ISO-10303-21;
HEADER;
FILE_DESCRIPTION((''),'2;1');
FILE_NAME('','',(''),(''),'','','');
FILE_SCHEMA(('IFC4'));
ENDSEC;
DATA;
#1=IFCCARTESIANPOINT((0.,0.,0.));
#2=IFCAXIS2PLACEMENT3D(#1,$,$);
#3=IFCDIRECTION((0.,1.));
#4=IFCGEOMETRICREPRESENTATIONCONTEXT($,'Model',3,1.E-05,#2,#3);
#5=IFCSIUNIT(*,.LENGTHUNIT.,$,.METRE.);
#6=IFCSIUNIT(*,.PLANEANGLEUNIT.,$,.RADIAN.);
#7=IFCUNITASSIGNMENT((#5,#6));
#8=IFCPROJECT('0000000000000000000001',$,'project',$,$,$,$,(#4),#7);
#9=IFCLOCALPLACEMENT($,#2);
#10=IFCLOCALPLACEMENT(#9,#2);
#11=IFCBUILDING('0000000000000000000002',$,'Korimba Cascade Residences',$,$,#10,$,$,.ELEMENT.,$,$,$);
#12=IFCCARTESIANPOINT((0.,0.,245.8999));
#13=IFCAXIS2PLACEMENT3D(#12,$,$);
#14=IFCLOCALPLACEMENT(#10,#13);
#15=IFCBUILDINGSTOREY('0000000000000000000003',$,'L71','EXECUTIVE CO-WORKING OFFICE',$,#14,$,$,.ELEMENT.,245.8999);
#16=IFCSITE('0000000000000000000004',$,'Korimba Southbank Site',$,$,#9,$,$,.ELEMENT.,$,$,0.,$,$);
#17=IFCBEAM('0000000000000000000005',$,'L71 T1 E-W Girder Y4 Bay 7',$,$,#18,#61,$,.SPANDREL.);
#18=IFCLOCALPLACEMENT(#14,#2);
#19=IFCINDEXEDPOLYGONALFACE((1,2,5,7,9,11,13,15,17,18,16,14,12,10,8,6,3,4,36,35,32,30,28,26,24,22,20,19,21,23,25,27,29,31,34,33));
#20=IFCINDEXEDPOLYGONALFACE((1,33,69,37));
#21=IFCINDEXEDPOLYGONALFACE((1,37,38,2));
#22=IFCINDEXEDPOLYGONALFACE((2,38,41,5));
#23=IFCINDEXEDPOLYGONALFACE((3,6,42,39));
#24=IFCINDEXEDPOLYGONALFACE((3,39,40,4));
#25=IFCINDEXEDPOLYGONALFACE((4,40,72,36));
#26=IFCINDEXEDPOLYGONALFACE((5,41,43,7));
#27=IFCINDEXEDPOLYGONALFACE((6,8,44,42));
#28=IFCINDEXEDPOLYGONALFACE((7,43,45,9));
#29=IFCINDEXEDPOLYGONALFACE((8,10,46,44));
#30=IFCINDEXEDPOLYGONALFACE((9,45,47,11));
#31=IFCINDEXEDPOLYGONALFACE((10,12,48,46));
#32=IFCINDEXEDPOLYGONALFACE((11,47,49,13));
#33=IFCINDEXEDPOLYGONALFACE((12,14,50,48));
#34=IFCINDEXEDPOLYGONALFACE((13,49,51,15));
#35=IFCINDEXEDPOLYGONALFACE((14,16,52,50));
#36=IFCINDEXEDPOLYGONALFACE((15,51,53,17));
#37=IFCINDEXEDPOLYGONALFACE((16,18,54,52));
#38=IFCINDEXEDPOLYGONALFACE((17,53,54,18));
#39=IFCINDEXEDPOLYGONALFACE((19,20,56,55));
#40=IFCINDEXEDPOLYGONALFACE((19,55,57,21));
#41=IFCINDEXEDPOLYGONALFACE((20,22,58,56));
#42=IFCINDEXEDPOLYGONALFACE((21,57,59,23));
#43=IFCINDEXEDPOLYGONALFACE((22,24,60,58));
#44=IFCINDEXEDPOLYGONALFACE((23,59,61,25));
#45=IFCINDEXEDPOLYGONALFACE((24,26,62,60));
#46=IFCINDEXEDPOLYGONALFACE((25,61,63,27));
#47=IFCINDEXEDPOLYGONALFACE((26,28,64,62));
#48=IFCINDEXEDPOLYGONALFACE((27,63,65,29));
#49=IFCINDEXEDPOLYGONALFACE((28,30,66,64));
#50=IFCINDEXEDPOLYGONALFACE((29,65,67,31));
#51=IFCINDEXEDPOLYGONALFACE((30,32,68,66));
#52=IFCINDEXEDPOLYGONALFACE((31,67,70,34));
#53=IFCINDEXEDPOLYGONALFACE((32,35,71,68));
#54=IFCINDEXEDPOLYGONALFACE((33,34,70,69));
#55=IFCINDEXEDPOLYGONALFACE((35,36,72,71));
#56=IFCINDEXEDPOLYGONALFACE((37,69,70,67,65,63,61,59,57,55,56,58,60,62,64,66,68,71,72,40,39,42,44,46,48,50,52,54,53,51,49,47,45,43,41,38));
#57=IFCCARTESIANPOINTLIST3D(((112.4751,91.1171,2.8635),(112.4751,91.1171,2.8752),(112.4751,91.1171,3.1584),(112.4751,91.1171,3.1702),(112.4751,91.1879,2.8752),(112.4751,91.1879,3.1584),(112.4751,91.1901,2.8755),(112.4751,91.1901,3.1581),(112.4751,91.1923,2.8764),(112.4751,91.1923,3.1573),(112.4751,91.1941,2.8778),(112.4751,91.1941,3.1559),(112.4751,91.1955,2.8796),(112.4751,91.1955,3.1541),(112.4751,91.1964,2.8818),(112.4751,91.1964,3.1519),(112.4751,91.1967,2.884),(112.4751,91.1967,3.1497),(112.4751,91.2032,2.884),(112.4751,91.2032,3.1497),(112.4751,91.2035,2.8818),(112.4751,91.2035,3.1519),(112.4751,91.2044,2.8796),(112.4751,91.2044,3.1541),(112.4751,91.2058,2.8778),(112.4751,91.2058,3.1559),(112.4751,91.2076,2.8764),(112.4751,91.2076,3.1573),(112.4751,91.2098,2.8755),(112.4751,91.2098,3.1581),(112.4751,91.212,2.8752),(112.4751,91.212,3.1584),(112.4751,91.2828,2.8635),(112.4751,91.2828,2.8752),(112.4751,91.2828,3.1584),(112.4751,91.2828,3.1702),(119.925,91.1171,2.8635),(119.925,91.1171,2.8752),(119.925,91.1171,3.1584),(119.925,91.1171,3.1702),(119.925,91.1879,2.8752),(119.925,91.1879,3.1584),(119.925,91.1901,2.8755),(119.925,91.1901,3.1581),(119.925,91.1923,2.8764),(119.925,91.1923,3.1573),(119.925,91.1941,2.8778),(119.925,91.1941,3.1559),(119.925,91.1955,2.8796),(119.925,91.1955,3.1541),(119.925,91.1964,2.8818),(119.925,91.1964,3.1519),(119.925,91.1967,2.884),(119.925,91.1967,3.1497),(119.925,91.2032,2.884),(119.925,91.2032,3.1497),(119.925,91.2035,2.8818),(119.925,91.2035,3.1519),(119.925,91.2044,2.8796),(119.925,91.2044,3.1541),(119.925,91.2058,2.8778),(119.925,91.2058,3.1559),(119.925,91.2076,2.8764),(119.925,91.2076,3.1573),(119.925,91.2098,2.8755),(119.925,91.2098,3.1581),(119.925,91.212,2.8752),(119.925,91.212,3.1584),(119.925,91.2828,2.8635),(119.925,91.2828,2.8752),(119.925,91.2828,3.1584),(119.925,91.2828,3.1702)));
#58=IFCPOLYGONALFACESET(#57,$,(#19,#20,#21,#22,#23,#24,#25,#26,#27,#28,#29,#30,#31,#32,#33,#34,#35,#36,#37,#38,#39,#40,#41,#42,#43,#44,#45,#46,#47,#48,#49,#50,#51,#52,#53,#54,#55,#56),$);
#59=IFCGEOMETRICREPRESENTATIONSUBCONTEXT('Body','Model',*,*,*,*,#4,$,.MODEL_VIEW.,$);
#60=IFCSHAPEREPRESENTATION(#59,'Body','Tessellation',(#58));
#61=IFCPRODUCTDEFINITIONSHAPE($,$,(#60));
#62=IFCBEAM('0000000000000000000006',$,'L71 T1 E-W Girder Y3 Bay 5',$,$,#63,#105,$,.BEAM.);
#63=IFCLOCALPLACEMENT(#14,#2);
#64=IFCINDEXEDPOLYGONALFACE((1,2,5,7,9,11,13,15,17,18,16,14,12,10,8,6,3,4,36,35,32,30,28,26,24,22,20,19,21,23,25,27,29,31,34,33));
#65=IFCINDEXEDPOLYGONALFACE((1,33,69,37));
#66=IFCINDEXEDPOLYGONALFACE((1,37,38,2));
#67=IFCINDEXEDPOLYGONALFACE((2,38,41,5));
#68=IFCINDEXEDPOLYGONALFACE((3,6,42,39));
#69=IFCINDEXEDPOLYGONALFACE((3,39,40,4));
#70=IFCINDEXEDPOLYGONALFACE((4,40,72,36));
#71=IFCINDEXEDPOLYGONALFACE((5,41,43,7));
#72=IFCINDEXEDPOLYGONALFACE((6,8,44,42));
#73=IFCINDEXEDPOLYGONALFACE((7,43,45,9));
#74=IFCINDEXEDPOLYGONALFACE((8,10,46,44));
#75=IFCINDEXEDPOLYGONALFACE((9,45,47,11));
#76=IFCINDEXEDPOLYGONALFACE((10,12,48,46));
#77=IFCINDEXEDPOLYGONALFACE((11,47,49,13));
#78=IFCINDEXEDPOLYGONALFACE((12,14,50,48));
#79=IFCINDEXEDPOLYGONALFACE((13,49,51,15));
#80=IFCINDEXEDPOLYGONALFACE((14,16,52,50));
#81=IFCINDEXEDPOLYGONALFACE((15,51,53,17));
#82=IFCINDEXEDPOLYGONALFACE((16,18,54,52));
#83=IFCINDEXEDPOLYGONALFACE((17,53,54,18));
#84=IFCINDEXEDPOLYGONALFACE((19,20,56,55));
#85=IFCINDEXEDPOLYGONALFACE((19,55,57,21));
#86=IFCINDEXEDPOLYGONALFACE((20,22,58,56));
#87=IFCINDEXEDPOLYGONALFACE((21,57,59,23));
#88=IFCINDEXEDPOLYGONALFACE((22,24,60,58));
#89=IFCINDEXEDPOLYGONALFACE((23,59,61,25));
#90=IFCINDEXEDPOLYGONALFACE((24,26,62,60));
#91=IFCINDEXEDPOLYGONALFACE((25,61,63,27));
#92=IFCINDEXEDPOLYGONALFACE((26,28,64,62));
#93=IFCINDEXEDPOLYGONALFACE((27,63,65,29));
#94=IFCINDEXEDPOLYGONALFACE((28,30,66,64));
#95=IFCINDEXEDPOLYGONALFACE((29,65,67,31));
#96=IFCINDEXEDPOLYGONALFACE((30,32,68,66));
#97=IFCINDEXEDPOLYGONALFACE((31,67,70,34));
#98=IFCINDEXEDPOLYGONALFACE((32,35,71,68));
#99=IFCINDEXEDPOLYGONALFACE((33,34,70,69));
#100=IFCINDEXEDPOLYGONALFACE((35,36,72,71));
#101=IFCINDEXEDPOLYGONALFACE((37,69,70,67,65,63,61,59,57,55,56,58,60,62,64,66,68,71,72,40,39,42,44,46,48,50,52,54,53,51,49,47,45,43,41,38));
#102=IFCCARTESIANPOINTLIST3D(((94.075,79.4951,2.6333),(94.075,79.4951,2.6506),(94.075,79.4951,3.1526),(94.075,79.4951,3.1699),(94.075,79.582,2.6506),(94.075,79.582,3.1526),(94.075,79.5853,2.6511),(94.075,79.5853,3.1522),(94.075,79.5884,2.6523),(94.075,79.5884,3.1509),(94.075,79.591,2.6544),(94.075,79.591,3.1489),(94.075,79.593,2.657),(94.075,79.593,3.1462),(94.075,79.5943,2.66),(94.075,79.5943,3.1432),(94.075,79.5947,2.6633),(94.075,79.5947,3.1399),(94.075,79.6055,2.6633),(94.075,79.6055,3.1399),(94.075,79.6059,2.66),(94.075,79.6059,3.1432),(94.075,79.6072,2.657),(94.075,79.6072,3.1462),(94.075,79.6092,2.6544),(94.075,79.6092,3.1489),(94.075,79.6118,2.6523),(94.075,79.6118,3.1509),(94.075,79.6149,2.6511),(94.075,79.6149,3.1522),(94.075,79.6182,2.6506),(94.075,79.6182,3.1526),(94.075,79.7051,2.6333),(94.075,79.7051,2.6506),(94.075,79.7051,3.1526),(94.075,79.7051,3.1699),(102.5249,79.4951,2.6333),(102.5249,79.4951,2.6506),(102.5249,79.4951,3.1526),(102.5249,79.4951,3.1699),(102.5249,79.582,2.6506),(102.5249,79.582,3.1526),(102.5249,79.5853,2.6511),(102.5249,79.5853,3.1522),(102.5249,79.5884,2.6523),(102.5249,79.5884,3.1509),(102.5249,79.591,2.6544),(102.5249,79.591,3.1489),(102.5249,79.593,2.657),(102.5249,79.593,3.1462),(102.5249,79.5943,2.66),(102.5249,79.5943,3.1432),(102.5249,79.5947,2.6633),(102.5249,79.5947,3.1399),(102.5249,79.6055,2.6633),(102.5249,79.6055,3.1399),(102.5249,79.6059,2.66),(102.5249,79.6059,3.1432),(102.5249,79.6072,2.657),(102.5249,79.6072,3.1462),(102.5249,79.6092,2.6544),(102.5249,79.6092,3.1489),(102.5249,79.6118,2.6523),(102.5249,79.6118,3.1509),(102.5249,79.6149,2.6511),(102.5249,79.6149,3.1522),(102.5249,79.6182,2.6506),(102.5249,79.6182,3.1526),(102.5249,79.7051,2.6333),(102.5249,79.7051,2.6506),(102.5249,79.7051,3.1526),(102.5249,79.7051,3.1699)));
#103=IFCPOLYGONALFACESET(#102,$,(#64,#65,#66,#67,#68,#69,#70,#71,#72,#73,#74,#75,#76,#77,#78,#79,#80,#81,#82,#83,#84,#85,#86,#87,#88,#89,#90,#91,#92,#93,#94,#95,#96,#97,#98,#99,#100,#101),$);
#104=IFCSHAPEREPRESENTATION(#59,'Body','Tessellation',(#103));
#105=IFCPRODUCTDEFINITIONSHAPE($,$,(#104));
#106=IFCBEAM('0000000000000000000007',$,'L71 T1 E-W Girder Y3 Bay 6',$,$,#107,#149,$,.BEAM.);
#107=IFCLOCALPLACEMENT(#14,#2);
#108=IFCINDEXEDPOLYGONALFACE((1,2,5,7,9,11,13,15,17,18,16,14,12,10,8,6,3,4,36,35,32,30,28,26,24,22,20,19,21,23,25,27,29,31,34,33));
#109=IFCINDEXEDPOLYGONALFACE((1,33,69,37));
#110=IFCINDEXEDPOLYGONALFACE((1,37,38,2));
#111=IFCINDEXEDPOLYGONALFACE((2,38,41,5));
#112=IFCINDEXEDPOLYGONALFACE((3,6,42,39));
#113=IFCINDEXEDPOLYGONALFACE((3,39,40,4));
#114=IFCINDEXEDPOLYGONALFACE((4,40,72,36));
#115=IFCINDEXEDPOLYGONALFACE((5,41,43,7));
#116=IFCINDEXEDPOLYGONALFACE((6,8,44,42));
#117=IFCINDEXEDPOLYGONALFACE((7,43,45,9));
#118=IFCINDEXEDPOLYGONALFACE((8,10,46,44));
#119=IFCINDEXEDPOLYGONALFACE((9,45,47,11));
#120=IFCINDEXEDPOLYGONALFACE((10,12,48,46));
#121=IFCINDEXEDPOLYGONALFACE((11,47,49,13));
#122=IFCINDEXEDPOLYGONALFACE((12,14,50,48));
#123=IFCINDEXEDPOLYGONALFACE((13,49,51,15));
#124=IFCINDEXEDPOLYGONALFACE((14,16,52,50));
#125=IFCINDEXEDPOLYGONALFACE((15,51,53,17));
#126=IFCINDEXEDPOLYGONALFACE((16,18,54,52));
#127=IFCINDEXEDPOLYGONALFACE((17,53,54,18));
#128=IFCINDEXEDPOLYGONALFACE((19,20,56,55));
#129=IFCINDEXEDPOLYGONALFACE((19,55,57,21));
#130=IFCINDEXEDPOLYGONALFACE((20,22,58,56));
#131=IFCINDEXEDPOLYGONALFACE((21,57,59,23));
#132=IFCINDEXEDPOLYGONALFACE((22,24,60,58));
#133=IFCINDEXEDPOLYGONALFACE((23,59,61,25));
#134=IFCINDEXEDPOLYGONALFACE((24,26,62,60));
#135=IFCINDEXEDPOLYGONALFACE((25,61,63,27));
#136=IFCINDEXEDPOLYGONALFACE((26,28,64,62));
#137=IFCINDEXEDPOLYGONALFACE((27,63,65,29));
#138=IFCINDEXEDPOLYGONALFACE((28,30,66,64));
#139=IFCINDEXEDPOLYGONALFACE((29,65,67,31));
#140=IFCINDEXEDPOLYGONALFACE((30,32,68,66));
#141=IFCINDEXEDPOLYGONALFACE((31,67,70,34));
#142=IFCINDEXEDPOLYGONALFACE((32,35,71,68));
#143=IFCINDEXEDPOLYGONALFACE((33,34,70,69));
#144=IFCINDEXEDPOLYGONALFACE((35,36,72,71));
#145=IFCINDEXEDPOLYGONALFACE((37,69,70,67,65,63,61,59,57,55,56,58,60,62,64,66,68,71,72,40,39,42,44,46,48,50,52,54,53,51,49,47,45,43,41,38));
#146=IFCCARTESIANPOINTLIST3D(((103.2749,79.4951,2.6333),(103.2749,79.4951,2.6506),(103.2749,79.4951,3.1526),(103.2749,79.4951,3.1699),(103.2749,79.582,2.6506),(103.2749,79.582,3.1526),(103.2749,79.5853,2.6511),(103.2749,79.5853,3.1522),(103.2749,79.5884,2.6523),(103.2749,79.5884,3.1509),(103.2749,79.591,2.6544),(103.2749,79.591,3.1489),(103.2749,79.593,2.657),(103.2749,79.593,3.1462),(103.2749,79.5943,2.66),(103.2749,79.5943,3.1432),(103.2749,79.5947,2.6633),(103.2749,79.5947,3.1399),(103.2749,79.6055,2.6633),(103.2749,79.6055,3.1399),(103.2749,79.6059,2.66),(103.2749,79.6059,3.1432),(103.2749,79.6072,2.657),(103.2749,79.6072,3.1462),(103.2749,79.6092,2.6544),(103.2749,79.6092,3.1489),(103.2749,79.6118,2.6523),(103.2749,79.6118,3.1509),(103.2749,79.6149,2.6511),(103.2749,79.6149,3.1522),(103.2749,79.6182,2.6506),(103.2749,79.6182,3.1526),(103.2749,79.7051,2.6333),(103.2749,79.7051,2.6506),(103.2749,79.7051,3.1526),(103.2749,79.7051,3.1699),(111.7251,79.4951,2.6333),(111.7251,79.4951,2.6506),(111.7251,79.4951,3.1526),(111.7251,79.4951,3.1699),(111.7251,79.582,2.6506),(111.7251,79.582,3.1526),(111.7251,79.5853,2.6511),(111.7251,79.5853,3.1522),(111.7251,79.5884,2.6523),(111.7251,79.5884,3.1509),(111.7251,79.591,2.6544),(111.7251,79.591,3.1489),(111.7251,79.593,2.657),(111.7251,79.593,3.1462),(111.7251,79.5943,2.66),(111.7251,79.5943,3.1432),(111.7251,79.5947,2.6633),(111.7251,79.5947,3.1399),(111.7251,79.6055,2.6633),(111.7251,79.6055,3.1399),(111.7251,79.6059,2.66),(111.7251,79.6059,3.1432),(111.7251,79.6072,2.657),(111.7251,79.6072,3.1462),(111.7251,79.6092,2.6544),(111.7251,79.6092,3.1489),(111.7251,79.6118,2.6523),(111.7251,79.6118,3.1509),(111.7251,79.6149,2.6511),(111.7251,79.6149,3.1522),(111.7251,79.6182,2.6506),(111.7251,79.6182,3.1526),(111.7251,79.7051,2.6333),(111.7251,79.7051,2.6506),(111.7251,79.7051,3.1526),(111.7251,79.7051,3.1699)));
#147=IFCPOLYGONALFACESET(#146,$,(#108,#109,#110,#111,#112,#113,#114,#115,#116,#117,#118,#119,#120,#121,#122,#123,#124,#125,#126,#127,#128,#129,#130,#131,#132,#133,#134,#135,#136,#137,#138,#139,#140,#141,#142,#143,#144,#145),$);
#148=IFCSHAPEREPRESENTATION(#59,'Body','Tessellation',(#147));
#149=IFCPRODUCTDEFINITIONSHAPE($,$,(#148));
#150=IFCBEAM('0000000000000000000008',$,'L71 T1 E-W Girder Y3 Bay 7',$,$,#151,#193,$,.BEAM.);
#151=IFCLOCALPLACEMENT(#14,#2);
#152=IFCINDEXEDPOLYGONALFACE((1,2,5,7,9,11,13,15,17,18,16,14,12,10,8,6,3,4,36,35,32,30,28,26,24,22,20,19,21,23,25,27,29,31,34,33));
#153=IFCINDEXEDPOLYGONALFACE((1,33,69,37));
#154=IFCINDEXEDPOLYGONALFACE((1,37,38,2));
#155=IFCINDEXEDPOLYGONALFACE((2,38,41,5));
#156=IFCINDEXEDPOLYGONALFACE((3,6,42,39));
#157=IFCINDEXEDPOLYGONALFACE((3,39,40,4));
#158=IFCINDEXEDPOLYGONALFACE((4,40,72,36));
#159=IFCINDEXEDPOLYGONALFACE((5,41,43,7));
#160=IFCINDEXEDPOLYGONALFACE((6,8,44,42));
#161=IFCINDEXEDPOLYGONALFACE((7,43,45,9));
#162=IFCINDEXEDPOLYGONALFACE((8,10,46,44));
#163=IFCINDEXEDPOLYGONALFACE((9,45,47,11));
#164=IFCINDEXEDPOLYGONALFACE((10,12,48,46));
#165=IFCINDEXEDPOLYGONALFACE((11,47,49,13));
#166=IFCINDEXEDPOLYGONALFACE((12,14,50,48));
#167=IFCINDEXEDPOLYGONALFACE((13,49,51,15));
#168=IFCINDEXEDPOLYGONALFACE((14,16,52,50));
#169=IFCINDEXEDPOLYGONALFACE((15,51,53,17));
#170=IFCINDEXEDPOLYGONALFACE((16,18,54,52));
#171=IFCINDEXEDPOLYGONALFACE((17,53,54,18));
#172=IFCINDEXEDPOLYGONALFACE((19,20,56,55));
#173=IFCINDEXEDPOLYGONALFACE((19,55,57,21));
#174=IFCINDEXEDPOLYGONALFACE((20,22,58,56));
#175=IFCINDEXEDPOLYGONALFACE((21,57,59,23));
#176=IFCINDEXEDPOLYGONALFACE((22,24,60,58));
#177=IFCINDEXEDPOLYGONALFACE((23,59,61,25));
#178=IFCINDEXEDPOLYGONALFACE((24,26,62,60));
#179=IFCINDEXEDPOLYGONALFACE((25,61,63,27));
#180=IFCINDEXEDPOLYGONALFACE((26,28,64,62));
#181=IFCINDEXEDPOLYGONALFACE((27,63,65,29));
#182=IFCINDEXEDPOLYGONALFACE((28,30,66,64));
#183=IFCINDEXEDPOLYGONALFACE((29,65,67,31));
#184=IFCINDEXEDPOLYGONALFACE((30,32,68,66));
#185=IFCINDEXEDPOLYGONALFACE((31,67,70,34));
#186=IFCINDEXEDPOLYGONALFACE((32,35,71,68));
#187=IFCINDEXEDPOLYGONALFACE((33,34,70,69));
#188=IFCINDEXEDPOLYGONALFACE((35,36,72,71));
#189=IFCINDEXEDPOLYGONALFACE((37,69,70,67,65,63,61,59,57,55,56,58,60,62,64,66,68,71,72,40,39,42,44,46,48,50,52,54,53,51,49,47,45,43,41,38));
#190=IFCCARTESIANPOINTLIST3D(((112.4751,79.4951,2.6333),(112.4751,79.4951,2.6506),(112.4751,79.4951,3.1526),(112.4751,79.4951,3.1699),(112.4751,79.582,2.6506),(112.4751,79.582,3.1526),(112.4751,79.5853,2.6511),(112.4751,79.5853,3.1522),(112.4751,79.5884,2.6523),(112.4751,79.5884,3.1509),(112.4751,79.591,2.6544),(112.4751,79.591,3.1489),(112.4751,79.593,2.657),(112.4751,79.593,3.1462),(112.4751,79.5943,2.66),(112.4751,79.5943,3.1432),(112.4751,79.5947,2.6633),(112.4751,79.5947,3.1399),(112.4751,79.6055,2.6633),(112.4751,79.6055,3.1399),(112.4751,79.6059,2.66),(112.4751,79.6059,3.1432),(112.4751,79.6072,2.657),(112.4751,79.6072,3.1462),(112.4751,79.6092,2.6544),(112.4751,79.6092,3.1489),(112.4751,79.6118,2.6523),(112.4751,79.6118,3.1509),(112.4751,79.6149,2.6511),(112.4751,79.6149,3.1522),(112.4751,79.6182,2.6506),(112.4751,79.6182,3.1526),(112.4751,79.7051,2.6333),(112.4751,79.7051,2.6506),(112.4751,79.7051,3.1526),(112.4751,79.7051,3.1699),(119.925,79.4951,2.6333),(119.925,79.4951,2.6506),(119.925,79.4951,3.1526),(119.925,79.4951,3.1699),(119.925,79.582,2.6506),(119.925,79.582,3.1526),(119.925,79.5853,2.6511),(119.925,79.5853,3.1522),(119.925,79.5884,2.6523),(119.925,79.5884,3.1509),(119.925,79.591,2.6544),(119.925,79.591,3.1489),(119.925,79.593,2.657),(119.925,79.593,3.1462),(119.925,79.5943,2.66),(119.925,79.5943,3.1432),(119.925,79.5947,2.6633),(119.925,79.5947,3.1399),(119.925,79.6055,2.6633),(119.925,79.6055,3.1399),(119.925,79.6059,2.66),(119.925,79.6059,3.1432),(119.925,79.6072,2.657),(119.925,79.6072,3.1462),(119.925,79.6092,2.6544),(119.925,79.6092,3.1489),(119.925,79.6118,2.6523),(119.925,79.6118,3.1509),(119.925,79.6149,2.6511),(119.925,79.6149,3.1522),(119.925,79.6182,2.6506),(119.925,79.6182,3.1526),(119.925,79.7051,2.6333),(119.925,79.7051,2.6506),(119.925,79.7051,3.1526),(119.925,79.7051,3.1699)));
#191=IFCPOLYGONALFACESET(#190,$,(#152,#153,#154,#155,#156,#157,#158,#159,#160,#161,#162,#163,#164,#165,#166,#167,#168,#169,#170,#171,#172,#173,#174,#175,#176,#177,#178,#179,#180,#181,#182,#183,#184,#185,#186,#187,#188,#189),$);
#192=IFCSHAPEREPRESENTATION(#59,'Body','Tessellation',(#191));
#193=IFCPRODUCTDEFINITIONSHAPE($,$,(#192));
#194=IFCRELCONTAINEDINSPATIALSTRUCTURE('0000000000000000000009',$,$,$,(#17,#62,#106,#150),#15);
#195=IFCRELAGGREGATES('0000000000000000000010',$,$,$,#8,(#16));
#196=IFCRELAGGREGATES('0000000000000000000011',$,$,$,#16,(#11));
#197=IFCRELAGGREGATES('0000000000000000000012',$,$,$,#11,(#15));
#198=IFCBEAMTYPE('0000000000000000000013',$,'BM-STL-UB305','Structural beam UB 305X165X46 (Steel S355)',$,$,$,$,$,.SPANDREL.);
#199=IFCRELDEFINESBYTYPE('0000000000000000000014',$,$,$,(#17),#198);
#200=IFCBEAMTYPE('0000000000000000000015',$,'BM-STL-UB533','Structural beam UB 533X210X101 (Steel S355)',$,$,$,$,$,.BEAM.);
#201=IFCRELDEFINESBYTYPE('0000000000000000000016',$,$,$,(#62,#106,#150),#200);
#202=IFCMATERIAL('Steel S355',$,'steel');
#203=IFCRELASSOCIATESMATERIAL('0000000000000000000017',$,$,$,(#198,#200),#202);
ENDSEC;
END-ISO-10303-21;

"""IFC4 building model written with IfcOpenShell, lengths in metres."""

from ifc_helpers import new_model, si_unit, direction, frame, origin, origin_2d, place, context, subcontext, project, spatial, i_section, extrude, material, material_profile, profile_set, type_object, element, save


model = new_model("IFC4")

# Units and contexts
model_context = context("Model", 3, precision=1e-05, world=origin(), true_north=direction((0.0, 1.0)))
body_context = subcontext(model_context, "Body", "Model", "MODEL_VIEW")
ifc_project = project(units=[si_unit("LENGTHUNIT", "METRE"), si_unit("PLANEANGLEUNIT", "RADIAN")], contexts=[model_context])

# Site, building, storey
site_placement = place(None, origin())
site = spatial("IfcSite", under=ifc_project, at=site_placement, Name="Korimba Southbank Site", CompositionType="ELEMENT", RefElevation=0.0)
building_placement = place(site_placement, origin())
building = spatial("IfcBuilding", under=site, at=building_placement, Name="Korimba Cascade Residences", CompositionType="ELEMENT")
storey_placement = place(building_placement, frame((0.0, 0.0, 245.8999)))
storey = spatial("IfcBuildingStorey", under=building, at=storey_placement, Name="L71", Description="EXECUTIVE CO-WORKING OFFICE", CompositionType="ELEMENT", Elevation=245.8999)

# Beams
ifc_material_1 = material(Name="Steel S355", Category="steel")
ifc_material_profile_1 = material_profile(ifc_material_1, i_section(OverallWidth=0.1658, OverallDepth=0.3066, WebThickness=0.0066, FlangeThickness=0.0117, FilletRadius=0.0088, at=origin_2d()), Name="Steel S355")
ifc_profile_set_1 = profile_set([ifc_material_profile_1], Name="Steel S355")
beam_type_1 = type_object("IfcBeamType", Name="BM-STL-UB305", Description="Structural beam UB 305X165X46 (Steel S355)", PredefinedType="SPANDREL", material=ifc_profile_set_1)
beam_1_placement = place(storey_placement, frame((112.4751, 91.2, 3.0168), z_axis=(1.0, 0.0, 0.0), x_axis=(0.0, 1.0, 0.0)))
element("IfcBeam", 1, at=beam_1_placement, inside=storey, type_object=beam_type_1, Name="L71 T1 E-W Girder Y4 Bay 7", PredefinedType="SPANDREL", context=body_context, shape_type="SweptSolid", body=[
    extrude(i_section(OverallWidth=0.1658, OverallDepth=0.3066, WebThickness=0.0066, FlangeThickness=0.0117, FilletRadius=0.0088, at=origin_2d()), origin(), (0.0, 0.0, 1.0), 7.45),
])
ifc_material_profile_2 = material_profile(ifc_material_1, i_section(OverallWidth=0.21, OverallDepth=0.5366, WebThickness=0.0107, FlangeThickness=0.0173, FilletRadius=0.0127, at=origin_2d()), Name="Steel S355")
ifc_profile_set_2 = profile_set([ifc_material_profile_2], Name="Steel S355")
beam_type_2 = type_object("IfcBeamType", Name="BM-STL-UB533", Description="Structural beam UB 533X210X101 (Steel S355)", PredefinedType="BEAM", material=ifc_profile_set_2)
beam_2_placement = place(storey_placement, frame((94.075, 79.6001, 2.9016), z_axis=(1.0, 0.0, 0.0), x_axis=(0.0, 1.0, 0.0)))
element("IfcBeam", 2, at=beam_2_placement, inside=storey, type_object=beam_type_2, Name="L71 T1 E-W Girder Y3 Bay 5", PredefinedType="BEAM", context=body_context, shape_type="SweptSolid", body=[
    extrude(i_section(OverallWidth=0.21, OverallDepth=0.5366, WebThickness=0.0107, FlangeThickness=0.0173, FilletRadius=0.0127, at=origin_2d()), origin(), (0.0, 0.0, 1.0), 8.45),
])
beam_3_placement = place(storey_placement, frame((103.2749, 79.6001, 2.9016), z_axis=(1.0, 0.0, 0.0), x_axis=(0.0, 1.0, 0.0)))
element("IfcBeam", 3, at=beam_3_placement, inside=storey, type_object=beam_type_2, Name="L71 T1 E-W Girder Y3 Bay 6", PredefinedType="BEAM", context=body_context, shape_type="SweptSolid", body=[
    extrude(i_section(OverallWidth=0.21, OverallDepth=0.5366, WebThickness=0.0107, FlangeThickness=0.0173, FilletRadius=0.0127, at=origin_2d()), origin(), (0.0, 0.0, 1.0), 8.4502),
])
beam_4_placement = place(storey_placement, frame((112.4751, 79.6001, 2.9016), z_axis=(1.0, 0.0, 0.0), x_axis=(0.0, 1.0, 0.0)))
element("IfcBeam", 4, at=beam_4_placement, inside=storey, type_object=beam_type_2, Name="L71 T1 E-W Girder Y3 Bay 7", PredefinedType="BEAM", context=body_context, shape_type="SweptSolid", body=[
    extrude(i_section(OverallWidth=0.21, OverallDepth=0.5366, WebThickness=0.0107, FlangeThickness=0.0173, FilletRadius=0.0127, at=origin_2d()), origin(), (0.0, 0.0, 1.0), 7.45),
])

save(model, "model.ifc")
